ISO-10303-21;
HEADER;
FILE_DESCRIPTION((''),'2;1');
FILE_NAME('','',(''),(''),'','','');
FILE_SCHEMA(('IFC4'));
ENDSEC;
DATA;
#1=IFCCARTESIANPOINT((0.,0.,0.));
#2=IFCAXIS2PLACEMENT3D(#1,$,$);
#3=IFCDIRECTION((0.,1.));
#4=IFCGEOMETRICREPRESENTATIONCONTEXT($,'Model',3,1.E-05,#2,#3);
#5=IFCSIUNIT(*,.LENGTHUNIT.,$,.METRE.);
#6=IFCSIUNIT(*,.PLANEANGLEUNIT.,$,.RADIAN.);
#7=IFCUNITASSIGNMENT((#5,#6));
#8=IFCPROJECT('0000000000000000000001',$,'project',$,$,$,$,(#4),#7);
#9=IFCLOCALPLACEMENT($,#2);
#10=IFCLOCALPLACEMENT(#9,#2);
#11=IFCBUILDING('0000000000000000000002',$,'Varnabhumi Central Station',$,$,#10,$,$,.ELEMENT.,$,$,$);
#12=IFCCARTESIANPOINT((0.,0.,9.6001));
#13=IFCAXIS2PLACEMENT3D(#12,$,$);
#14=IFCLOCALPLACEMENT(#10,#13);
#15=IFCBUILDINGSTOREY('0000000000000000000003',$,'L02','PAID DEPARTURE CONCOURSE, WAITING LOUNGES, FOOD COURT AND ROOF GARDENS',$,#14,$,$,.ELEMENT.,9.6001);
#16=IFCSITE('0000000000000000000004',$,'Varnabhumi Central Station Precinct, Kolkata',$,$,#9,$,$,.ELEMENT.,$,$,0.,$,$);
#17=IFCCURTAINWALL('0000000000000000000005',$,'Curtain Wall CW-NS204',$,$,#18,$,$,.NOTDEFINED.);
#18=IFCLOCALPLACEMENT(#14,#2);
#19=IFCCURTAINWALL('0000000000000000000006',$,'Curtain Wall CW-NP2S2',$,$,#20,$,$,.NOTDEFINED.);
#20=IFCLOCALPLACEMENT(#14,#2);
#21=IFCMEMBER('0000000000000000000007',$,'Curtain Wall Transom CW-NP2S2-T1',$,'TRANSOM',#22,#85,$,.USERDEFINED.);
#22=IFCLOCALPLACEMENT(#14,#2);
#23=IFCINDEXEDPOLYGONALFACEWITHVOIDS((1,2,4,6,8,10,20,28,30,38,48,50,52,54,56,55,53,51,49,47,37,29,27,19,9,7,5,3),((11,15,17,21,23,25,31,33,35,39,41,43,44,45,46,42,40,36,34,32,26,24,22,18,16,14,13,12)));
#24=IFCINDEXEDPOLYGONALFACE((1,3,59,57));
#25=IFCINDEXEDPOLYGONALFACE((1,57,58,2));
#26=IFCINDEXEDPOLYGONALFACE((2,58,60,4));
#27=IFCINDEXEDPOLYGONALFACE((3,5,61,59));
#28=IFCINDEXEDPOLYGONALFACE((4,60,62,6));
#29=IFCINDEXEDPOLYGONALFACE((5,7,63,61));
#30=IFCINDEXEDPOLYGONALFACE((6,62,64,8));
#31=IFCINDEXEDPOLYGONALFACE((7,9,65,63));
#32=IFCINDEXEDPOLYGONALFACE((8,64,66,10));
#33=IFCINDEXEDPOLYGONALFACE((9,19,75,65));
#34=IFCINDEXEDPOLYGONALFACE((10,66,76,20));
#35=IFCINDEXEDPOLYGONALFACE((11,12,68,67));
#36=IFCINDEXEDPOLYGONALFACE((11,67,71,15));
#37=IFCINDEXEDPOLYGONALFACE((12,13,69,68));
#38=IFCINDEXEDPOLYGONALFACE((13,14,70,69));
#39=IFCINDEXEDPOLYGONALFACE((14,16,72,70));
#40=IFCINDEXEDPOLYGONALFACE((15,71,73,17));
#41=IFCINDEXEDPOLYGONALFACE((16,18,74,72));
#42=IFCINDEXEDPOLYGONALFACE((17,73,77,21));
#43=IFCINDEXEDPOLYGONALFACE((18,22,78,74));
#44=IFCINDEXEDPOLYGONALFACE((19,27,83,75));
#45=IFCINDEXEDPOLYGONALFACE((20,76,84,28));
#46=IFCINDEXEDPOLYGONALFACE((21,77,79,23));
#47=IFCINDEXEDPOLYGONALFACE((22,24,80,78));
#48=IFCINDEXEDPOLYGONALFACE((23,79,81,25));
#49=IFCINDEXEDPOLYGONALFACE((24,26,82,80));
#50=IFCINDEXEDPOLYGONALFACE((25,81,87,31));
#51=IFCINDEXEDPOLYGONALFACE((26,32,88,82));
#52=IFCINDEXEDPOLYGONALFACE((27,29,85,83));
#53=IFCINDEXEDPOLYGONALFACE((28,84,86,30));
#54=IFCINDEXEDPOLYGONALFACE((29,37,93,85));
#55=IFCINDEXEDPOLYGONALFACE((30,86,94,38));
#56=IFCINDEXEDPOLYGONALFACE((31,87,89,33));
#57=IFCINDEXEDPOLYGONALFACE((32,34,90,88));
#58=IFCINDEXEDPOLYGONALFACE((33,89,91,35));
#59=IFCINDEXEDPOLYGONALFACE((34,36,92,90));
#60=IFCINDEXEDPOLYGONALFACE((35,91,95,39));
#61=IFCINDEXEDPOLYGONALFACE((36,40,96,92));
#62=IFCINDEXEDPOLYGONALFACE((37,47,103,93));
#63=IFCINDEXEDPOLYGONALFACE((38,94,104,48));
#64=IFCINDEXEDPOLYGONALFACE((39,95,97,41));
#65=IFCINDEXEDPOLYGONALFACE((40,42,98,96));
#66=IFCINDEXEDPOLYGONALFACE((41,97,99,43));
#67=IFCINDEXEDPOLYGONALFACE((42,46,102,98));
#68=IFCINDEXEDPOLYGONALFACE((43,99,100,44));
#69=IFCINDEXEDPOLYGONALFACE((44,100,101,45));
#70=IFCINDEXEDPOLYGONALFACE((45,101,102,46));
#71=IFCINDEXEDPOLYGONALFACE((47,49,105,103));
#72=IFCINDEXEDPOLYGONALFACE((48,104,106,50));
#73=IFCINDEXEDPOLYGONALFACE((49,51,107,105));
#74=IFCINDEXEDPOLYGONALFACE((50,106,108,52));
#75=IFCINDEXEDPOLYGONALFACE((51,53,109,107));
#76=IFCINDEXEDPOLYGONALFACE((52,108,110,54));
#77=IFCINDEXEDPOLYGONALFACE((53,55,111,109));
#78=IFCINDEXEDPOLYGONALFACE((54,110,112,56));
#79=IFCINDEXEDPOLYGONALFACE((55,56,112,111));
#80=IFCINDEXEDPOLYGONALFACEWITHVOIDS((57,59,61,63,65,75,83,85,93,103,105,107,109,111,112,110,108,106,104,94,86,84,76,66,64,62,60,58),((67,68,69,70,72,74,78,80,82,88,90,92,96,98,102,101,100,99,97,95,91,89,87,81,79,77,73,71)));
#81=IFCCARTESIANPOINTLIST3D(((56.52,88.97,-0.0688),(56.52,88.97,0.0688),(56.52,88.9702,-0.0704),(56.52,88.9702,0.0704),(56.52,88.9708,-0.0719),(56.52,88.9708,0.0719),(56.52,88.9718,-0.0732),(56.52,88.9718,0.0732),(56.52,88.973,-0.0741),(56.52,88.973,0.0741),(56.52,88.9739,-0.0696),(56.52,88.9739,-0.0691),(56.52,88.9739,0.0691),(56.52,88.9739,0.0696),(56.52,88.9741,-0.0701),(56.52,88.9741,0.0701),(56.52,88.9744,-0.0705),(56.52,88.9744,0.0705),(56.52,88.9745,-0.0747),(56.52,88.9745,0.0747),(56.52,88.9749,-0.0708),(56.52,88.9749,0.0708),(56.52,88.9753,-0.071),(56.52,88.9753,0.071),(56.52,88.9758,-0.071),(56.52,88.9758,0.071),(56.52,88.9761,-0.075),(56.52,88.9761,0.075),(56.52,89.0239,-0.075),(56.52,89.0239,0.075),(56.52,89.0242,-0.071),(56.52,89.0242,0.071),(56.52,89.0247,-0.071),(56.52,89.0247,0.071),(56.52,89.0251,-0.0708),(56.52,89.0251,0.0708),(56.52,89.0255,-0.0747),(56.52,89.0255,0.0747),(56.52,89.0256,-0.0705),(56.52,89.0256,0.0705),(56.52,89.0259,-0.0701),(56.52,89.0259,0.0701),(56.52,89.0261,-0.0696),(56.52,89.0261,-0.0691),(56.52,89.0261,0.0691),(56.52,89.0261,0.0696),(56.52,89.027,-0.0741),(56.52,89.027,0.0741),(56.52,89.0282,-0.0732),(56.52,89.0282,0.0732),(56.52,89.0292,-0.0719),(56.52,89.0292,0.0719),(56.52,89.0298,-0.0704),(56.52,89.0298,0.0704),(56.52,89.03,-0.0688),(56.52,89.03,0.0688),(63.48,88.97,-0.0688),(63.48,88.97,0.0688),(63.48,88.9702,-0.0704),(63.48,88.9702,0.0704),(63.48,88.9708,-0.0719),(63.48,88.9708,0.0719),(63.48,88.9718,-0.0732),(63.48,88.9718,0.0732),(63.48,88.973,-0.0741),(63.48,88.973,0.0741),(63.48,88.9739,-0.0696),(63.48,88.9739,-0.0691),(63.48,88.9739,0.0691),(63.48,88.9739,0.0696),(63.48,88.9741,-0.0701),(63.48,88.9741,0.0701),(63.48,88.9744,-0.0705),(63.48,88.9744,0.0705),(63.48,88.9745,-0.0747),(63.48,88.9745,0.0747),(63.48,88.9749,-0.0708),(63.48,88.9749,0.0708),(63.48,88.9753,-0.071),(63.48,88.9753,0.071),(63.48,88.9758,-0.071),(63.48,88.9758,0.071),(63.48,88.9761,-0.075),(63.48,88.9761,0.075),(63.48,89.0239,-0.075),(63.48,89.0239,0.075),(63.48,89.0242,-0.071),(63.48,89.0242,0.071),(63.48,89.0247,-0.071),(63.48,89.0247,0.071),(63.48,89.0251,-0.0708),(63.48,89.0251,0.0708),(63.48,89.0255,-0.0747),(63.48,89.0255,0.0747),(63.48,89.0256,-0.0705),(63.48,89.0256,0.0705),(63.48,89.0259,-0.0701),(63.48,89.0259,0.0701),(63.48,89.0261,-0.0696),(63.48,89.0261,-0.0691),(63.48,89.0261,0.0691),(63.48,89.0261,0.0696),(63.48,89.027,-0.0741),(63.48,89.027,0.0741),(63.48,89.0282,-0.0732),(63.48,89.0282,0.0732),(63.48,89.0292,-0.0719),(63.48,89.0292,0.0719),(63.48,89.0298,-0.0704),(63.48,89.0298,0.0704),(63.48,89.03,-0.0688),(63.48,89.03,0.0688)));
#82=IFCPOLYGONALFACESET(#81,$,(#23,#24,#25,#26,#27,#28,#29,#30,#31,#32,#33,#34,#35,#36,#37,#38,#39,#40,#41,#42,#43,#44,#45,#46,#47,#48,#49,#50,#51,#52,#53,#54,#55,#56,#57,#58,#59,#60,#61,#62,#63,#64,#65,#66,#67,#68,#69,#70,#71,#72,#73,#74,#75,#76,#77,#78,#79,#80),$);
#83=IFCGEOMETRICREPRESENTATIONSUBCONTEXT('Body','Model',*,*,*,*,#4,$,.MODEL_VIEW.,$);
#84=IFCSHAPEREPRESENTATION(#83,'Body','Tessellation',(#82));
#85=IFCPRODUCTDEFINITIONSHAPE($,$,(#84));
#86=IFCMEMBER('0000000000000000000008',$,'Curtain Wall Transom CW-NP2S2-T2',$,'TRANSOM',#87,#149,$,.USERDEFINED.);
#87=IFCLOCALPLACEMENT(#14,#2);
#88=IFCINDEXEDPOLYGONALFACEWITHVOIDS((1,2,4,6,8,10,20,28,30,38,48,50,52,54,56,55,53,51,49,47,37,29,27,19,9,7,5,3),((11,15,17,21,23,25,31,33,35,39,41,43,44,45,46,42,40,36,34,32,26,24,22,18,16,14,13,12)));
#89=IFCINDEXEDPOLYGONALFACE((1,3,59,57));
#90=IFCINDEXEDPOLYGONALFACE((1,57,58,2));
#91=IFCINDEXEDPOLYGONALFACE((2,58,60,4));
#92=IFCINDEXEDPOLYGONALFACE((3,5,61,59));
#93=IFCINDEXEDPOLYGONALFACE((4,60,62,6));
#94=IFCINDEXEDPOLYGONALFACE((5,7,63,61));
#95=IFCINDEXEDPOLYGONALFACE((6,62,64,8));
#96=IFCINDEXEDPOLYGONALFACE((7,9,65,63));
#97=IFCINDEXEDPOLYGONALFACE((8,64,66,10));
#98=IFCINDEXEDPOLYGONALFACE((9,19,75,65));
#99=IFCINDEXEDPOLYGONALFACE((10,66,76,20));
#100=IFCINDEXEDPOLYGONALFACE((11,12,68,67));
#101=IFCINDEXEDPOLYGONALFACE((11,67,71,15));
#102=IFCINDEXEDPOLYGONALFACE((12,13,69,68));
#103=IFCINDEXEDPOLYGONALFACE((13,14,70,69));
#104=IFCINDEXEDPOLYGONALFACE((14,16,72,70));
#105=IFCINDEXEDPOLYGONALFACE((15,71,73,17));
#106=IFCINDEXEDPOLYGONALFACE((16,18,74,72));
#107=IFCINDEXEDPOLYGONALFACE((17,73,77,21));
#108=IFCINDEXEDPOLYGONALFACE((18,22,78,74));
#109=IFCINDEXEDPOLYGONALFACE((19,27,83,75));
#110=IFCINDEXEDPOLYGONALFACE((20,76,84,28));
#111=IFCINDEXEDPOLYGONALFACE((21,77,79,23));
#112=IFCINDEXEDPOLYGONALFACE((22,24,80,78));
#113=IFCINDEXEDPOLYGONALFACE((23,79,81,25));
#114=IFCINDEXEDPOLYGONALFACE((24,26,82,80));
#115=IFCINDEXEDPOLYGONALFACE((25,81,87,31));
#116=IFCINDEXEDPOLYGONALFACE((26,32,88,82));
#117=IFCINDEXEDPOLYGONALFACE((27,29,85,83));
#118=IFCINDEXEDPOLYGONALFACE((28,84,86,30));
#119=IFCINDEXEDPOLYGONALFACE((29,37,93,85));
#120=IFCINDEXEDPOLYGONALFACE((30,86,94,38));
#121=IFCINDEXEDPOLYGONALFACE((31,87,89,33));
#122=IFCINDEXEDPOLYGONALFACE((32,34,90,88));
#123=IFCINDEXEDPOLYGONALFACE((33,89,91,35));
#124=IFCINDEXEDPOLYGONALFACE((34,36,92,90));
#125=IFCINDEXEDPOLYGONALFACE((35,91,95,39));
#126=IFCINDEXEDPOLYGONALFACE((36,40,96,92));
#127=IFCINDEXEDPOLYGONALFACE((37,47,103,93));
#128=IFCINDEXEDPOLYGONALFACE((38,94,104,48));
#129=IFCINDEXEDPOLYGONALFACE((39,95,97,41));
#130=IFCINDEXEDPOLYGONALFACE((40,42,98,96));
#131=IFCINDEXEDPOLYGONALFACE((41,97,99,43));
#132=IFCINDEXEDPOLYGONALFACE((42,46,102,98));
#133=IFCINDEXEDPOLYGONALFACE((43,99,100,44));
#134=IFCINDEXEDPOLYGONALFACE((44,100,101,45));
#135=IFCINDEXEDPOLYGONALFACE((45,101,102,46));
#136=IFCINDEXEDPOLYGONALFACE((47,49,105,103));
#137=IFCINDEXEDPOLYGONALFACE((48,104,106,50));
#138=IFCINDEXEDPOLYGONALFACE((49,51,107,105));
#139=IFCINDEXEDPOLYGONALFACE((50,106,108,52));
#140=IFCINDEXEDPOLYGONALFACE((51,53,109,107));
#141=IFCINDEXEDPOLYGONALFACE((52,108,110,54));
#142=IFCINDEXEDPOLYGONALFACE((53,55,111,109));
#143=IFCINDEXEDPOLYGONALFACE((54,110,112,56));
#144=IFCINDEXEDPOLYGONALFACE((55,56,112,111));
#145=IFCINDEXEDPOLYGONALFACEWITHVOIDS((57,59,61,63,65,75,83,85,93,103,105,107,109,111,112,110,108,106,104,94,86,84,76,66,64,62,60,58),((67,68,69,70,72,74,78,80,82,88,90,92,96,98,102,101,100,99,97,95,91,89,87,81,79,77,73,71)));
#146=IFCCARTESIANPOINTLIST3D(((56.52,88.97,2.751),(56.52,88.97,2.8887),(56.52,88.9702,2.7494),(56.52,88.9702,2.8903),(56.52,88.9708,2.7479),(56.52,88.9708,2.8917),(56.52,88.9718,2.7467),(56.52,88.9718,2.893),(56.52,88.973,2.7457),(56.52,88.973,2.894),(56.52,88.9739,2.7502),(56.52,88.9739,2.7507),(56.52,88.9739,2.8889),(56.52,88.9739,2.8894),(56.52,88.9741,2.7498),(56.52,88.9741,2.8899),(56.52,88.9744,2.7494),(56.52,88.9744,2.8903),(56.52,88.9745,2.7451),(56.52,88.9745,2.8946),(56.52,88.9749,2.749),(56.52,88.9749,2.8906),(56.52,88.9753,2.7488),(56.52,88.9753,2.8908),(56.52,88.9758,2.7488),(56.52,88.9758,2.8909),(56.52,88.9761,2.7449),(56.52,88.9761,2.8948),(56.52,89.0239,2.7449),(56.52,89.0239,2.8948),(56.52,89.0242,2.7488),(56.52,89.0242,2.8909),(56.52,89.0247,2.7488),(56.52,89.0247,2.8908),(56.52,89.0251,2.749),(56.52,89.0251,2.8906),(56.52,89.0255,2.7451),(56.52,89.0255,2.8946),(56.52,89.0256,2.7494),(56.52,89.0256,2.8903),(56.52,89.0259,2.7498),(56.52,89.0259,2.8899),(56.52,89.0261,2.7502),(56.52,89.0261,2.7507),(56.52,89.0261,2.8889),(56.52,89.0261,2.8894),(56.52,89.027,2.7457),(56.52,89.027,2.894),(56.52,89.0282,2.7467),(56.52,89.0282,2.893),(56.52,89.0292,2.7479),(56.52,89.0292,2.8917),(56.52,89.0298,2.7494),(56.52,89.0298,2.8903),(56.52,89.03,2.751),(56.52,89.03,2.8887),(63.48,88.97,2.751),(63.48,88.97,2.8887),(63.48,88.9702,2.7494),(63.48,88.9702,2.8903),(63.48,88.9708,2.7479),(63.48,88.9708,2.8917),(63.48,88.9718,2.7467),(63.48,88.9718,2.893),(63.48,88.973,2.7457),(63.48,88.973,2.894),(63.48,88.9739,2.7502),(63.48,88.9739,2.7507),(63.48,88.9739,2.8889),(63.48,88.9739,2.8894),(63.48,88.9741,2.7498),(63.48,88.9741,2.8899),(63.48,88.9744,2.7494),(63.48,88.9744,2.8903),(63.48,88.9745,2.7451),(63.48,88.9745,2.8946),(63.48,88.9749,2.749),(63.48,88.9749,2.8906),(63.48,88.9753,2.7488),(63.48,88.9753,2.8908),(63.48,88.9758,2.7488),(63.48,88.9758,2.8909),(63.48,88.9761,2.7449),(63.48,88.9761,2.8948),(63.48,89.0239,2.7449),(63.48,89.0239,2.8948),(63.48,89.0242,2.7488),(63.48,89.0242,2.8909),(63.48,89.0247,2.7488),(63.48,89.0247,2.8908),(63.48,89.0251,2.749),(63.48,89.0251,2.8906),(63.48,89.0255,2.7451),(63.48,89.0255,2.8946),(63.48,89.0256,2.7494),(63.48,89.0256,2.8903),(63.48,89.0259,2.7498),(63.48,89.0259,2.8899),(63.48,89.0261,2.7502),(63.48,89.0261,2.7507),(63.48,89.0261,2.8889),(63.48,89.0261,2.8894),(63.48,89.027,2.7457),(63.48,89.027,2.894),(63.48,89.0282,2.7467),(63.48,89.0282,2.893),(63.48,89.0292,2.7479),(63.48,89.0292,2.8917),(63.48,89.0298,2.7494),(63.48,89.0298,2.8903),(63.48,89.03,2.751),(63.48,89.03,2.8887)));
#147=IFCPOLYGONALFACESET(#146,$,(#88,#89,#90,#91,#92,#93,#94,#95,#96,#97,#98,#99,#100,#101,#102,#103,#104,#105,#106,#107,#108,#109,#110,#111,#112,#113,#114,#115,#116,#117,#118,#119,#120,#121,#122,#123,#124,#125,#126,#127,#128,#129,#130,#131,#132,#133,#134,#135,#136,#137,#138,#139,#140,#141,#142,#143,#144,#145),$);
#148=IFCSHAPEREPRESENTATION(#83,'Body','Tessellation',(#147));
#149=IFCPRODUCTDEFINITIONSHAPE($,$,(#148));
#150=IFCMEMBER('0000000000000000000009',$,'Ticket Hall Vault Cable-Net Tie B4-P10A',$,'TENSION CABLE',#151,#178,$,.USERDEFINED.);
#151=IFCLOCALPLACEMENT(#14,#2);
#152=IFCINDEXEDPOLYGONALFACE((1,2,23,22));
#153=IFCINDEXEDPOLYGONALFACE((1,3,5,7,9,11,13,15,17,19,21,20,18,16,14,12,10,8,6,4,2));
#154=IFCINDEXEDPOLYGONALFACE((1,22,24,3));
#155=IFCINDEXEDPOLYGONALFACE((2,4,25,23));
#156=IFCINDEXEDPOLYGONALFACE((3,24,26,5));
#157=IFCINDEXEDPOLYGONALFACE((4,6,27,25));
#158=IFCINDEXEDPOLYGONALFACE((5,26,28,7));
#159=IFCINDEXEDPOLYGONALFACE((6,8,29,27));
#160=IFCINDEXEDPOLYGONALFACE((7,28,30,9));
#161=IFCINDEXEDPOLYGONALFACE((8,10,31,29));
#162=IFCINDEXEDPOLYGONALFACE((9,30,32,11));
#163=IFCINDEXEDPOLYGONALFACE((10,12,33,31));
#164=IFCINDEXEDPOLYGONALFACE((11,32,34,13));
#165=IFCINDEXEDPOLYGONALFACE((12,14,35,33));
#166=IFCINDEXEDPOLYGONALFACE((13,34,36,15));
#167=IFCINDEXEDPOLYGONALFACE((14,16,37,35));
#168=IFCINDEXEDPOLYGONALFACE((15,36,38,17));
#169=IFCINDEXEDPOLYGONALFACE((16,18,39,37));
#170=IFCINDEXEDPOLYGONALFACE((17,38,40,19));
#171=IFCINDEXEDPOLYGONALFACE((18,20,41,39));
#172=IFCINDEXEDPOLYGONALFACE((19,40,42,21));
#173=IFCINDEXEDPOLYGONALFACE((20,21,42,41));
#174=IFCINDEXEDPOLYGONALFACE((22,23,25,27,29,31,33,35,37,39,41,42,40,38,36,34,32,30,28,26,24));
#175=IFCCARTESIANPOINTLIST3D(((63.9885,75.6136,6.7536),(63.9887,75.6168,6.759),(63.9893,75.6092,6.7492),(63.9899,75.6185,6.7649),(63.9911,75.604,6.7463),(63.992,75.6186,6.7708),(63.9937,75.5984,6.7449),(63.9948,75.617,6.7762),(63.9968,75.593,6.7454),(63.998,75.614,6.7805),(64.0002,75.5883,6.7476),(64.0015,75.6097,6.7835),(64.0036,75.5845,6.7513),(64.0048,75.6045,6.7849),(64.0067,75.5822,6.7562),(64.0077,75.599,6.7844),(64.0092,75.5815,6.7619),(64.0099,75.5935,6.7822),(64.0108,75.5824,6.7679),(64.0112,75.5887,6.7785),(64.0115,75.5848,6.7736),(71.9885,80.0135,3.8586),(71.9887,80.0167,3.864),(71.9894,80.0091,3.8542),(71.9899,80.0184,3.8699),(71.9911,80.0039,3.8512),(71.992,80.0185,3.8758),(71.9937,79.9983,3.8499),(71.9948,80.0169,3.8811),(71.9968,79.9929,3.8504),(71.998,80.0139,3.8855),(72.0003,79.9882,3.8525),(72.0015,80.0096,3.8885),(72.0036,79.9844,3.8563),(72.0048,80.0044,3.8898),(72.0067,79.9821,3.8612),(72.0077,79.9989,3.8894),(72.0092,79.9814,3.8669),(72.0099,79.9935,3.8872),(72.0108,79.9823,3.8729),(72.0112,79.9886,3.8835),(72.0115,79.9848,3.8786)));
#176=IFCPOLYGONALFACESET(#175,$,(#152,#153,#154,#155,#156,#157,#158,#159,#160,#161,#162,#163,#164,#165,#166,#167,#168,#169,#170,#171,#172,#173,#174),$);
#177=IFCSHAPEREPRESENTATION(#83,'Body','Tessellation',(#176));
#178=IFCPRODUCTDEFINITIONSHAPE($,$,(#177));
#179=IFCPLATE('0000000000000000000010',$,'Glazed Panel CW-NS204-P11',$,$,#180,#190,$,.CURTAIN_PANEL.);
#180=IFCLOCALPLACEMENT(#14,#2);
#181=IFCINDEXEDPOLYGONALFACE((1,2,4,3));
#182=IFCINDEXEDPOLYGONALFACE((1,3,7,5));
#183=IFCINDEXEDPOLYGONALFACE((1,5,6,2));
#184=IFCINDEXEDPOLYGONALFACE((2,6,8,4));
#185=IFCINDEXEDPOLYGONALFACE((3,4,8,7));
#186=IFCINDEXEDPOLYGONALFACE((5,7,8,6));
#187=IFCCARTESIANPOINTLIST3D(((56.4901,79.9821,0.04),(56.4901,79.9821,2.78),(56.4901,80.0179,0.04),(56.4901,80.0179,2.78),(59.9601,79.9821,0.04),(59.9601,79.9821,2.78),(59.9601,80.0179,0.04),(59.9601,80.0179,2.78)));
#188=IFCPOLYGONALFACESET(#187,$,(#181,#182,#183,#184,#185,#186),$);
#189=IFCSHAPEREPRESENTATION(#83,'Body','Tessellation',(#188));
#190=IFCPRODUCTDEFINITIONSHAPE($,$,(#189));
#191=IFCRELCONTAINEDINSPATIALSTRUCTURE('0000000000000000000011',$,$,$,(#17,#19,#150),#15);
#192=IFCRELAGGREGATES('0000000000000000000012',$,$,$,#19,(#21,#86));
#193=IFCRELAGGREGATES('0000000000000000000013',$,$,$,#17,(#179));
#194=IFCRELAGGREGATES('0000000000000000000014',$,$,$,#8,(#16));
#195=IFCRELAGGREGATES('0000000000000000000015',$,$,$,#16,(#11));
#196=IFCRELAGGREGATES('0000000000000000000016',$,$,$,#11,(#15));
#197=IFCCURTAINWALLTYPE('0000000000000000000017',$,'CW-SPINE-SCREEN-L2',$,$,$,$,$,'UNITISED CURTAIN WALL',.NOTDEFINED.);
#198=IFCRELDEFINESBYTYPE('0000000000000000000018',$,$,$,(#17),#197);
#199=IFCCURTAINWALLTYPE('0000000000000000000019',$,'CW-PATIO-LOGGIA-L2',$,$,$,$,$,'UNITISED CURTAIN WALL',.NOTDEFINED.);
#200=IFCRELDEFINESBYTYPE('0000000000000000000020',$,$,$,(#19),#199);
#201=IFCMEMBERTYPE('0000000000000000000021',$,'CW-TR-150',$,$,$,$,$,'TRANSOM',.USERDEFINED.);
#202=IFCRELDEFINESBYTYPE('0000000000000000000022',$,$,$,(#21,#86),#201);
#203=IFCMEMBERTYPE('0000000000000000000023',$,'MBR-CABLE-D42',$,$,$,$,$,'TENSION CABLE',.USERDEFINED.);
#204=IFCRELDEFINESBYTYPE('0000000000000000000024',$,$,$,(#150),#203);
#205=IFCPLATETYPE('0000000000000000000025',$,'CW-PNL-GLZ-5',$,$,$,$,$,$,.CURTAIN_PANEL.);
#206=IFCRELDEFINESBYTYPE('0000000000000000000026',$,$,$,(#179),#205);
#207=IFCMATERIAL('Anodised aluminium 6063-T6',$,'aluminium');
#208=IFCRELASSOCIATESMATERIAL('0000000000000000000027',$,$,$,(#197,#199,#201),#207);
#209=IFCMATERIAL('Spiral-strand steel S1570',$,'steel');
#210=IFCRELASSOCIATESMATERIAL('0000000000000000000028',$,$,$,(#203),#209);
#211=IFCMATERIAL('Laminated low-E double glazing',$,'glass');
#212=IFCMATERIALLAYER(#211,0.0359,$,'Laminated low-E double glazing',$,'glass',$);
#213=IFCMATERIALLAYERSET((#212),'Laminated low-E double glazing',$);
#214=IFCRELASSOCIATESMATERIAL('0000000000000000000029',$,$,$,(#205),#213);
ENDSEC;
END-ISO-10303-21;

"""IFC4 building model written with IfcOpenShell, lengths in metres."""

from ifc_helpers import new_model, si_unit, direction, frame, origin, origin_2d, place, context, subcontext, project, spatial, rectangle, hollow_rectangle, circle, extrude, material, layer, layer_set, material_profile, profile_set, type_object, element, aggregate, save


model = new_model("IFC4")

# Units and contexts
model_context = context("Model", 3, precision=1e-05, world=origin(), true_north=direction((0.0, 1.0)))
body_context = subcontext(model_context, "Body", "Model", "MODEL_VIEW")
ifc_project = project(units=[si_unit("LENGTHUNIT", "METRE"), si_unit("PLANEANGLEUNIT", "RADIAN")], contexts=[model_context])

# Site, building, storey
site_placement = place(None, origin())
site = spatial("IfcSite", under=ifc_project, at=site_placement, Name="Varnabhumi Central Station Precinct, Kolkata", CompositionType="ELEMENT", RefElevation=0.0)
building_placement = place(site_placement, origin())
building = spatial("IfcBuilding", under=site, at=building_placement, Name="Varnabhumi Central Station", CompositionType="ELEMENT")
storey_placement = place(building_placement, frame((0.0, 0.0, 9.6001)))
storey = spatial("IfcBuildingStorey", under=building, at=storey_placement, Name="L02", Description="PAID DEPARTURE CONCOURSE, WAITING LOUNGES, FOOD COURT AND ROOF GARDENS", CompositionType="ELEMENT", Elevation=9.6001)

# Curtain wall
ifc_material_1 = material(Name="Anodised aluminium 6063-T6", Category="aluminium")
curtain_wall_type_1 = type_object("IfcCurtainWallType", Name="CW-SPINE-SCREEN-L2", ElementType="UNITISED CURTAIN WALL", PredefinedType="NOTDEFINED", material=ifc_material_1)
curtain_wall_1_placement = place(storey_placement, origin())
curtain_wall_1 = element("IfcCurtainWall", 1, at=curtain_wall_1_placement, inside=storey, type_object=curtain_wall_type_1, Name="Curtain Wall CW-NS204", PredefinedType="NOTDEFINED")

# Curtain wall
curtain_wall_type_2 = type_object("IfcCurtainWallType", Name="CW-PATIO-LOGGIA-L2", ElementType="UNITISED CURTAIN WALL", PredefinedType="NOTDEFINED", material=ifc_material_1)
curtain_wall_2_placement = place(storey_placement, origin())
curtain_wall_2 = element("IfcCurtainWall", 2, at=curtain_wall_2_placement, inside=storey, type_object=curtain_wall_type_2, Name="Curtain Wall CW-NP2S2", PredefinedType="NOTDEFINED")

# Members
ifc_material_profile_1 = material_profile(ifc_material_1, hollow_rectangle(XDim=0.0601, YDim=0.1499, WallThickness=0.0039, InnerFilletRadius=0.002, OuterFilletRadius=0.0061, at=origin_2d()), Name="Anodised aluminium 6063-T6", Category="aluminium")
ifc_profile_set_1 = profile_set([ifc_material_profile_1], Name="Anodised aluminium 6063-T6")
member_type_1 = type_object("IfcMemberType", Name="CW-TR-150", ElementType="TRANSOM", PredefinedType="USERDEFINED", material=ifc_profile_set_1)
member_1_placement = place(storey_placement, frame((56.52, 89.0, 0.0), z_axis=(1.0, 0.0, 0.0), x_axis=(0.0, 1.0, 0.0)))
member_1 = element("IfcMember", 3, at=member_1_placement, type_object=member_type_1, Name="Curtain Wall Transom CW-NP2S2-T1", ObjectType="TRANSOM", PredefinedType="USERDEFINED", context=body_context, shape_type="SweptSolid", body=[
    extrude(hollow_rectangle(XDim=0.0601, YDim=0.1499, WallThickness=0.0039, InnerFilletRadius=0.002, OuterFilletRadius=0.0061, at=origin_2d()), origin(), (0.0, 0.0, 1.0), 6.96),
])
member_2_placement = place(storey_placement, frame((56.52, 89.0, 2.8198), z_axis=(1.0, 0.0, 0.0), x_axis=(0.0, 1.0, 0.0)))
member_2 = element("IfcMember", 4, at=member_2_placement, type_object=member_type_1, Name="Curtain Wall Transom CW-NP2S2-T2", ObjectType="TRANSOM", PredefinedType="USERDEFINED", context=body_context, shape_type="SweptSolid", body=[
    extrude(hollow_rectangle(XDim=0.0601, YDim=0.1499, WallThickness=0.0039, InnerFilletRadius=0.002, OuterFilletRadius=0.0061, at=origin_2d()), origin(), (0.0, 0.0, 1.0), 6.96),
])
aggregate(curtain_wall_2, [member_1, member_2])
ifc_material_2 = material(Name="Spiral-strand steel S1570", Category="steel")
ifc_material_profile_2 = material_profile(ifc_material_2, circle(Radius=0.021, at=origin_2d()), Name="Spiral-strand steel S1570", Category="steel")
ifc_profile_set_2 = profile_set([ifc_material_profile_2], Name="Spiral-strand steel S1570")
member_type_2 = type_object("IfcMemberType", Name="MBR-CABLE-D42", ElementType="TENSION CABLE", PredefinedType="USERDEFINED", material=ifc_profile_set_2)
member_3_placement = place(storey_placement, frame((64.0, 75.6001, 6.7649), z_axis=(0.835237, 0.45937, -0.302254), x_axis=(-0.481911, 0.87622, 0.0)))
element("IfcMember", 5, at=member_3_placement, inside=storey, type_object=member_type_2, Name="Ticket Hall Vault Cable-Net Tie B4-P10A", ObjectType="TENSION CABLE", PredefinedType="USERDEFINED", context=body_context, shape_type="SweptSolid", body=[
    extrude(circle(Radius=0.021, at=origin_2d()), origin(), (0.0, 0.0, 1.0), 9.5781),
])

# Plate
ifc_material_3 = material(Name="Laminated low-E double glazing", Category="glass")
ifc_layer_1 = layer(ifc_material_3, 0.0359, Name="Laminated low-E double glazing", Category="glass")
ifc_layer_set_1 = layer_set([ifc_layer_1], Name="Laminated low-E double glazing")
plate_type = type_object("IfcPlateType", Name="CW-PNL-GLZ-5", PredefinedType="CURTAIN_PANEL", material=ifc_layer_set_1)
plate_1_placement = place(storey_placement, frame((58.2251, 80.0, 0.04), z_axis=(0.0, 0.0, 1.0), x_axis=(1.0, 0.0, 0.0)))
plate_1 = element("IfcPlate", 6, at=plate_1_placement, type_object=plate_type, Name="Glazed Panel CW-NS204-P11", PredefinedType="CURTAIN_PANEL", context=body_context, shape_type="SweptSolid", body=[
    extrude(rectangle(XDim=3.47, YDim=0.0359, at=origin_2d()), origin(), (0.0, 0.0, 1.0), 2.74),
])
aggregate(curtain_wall_1, [plate_1])

save(model, "model.ifc")
